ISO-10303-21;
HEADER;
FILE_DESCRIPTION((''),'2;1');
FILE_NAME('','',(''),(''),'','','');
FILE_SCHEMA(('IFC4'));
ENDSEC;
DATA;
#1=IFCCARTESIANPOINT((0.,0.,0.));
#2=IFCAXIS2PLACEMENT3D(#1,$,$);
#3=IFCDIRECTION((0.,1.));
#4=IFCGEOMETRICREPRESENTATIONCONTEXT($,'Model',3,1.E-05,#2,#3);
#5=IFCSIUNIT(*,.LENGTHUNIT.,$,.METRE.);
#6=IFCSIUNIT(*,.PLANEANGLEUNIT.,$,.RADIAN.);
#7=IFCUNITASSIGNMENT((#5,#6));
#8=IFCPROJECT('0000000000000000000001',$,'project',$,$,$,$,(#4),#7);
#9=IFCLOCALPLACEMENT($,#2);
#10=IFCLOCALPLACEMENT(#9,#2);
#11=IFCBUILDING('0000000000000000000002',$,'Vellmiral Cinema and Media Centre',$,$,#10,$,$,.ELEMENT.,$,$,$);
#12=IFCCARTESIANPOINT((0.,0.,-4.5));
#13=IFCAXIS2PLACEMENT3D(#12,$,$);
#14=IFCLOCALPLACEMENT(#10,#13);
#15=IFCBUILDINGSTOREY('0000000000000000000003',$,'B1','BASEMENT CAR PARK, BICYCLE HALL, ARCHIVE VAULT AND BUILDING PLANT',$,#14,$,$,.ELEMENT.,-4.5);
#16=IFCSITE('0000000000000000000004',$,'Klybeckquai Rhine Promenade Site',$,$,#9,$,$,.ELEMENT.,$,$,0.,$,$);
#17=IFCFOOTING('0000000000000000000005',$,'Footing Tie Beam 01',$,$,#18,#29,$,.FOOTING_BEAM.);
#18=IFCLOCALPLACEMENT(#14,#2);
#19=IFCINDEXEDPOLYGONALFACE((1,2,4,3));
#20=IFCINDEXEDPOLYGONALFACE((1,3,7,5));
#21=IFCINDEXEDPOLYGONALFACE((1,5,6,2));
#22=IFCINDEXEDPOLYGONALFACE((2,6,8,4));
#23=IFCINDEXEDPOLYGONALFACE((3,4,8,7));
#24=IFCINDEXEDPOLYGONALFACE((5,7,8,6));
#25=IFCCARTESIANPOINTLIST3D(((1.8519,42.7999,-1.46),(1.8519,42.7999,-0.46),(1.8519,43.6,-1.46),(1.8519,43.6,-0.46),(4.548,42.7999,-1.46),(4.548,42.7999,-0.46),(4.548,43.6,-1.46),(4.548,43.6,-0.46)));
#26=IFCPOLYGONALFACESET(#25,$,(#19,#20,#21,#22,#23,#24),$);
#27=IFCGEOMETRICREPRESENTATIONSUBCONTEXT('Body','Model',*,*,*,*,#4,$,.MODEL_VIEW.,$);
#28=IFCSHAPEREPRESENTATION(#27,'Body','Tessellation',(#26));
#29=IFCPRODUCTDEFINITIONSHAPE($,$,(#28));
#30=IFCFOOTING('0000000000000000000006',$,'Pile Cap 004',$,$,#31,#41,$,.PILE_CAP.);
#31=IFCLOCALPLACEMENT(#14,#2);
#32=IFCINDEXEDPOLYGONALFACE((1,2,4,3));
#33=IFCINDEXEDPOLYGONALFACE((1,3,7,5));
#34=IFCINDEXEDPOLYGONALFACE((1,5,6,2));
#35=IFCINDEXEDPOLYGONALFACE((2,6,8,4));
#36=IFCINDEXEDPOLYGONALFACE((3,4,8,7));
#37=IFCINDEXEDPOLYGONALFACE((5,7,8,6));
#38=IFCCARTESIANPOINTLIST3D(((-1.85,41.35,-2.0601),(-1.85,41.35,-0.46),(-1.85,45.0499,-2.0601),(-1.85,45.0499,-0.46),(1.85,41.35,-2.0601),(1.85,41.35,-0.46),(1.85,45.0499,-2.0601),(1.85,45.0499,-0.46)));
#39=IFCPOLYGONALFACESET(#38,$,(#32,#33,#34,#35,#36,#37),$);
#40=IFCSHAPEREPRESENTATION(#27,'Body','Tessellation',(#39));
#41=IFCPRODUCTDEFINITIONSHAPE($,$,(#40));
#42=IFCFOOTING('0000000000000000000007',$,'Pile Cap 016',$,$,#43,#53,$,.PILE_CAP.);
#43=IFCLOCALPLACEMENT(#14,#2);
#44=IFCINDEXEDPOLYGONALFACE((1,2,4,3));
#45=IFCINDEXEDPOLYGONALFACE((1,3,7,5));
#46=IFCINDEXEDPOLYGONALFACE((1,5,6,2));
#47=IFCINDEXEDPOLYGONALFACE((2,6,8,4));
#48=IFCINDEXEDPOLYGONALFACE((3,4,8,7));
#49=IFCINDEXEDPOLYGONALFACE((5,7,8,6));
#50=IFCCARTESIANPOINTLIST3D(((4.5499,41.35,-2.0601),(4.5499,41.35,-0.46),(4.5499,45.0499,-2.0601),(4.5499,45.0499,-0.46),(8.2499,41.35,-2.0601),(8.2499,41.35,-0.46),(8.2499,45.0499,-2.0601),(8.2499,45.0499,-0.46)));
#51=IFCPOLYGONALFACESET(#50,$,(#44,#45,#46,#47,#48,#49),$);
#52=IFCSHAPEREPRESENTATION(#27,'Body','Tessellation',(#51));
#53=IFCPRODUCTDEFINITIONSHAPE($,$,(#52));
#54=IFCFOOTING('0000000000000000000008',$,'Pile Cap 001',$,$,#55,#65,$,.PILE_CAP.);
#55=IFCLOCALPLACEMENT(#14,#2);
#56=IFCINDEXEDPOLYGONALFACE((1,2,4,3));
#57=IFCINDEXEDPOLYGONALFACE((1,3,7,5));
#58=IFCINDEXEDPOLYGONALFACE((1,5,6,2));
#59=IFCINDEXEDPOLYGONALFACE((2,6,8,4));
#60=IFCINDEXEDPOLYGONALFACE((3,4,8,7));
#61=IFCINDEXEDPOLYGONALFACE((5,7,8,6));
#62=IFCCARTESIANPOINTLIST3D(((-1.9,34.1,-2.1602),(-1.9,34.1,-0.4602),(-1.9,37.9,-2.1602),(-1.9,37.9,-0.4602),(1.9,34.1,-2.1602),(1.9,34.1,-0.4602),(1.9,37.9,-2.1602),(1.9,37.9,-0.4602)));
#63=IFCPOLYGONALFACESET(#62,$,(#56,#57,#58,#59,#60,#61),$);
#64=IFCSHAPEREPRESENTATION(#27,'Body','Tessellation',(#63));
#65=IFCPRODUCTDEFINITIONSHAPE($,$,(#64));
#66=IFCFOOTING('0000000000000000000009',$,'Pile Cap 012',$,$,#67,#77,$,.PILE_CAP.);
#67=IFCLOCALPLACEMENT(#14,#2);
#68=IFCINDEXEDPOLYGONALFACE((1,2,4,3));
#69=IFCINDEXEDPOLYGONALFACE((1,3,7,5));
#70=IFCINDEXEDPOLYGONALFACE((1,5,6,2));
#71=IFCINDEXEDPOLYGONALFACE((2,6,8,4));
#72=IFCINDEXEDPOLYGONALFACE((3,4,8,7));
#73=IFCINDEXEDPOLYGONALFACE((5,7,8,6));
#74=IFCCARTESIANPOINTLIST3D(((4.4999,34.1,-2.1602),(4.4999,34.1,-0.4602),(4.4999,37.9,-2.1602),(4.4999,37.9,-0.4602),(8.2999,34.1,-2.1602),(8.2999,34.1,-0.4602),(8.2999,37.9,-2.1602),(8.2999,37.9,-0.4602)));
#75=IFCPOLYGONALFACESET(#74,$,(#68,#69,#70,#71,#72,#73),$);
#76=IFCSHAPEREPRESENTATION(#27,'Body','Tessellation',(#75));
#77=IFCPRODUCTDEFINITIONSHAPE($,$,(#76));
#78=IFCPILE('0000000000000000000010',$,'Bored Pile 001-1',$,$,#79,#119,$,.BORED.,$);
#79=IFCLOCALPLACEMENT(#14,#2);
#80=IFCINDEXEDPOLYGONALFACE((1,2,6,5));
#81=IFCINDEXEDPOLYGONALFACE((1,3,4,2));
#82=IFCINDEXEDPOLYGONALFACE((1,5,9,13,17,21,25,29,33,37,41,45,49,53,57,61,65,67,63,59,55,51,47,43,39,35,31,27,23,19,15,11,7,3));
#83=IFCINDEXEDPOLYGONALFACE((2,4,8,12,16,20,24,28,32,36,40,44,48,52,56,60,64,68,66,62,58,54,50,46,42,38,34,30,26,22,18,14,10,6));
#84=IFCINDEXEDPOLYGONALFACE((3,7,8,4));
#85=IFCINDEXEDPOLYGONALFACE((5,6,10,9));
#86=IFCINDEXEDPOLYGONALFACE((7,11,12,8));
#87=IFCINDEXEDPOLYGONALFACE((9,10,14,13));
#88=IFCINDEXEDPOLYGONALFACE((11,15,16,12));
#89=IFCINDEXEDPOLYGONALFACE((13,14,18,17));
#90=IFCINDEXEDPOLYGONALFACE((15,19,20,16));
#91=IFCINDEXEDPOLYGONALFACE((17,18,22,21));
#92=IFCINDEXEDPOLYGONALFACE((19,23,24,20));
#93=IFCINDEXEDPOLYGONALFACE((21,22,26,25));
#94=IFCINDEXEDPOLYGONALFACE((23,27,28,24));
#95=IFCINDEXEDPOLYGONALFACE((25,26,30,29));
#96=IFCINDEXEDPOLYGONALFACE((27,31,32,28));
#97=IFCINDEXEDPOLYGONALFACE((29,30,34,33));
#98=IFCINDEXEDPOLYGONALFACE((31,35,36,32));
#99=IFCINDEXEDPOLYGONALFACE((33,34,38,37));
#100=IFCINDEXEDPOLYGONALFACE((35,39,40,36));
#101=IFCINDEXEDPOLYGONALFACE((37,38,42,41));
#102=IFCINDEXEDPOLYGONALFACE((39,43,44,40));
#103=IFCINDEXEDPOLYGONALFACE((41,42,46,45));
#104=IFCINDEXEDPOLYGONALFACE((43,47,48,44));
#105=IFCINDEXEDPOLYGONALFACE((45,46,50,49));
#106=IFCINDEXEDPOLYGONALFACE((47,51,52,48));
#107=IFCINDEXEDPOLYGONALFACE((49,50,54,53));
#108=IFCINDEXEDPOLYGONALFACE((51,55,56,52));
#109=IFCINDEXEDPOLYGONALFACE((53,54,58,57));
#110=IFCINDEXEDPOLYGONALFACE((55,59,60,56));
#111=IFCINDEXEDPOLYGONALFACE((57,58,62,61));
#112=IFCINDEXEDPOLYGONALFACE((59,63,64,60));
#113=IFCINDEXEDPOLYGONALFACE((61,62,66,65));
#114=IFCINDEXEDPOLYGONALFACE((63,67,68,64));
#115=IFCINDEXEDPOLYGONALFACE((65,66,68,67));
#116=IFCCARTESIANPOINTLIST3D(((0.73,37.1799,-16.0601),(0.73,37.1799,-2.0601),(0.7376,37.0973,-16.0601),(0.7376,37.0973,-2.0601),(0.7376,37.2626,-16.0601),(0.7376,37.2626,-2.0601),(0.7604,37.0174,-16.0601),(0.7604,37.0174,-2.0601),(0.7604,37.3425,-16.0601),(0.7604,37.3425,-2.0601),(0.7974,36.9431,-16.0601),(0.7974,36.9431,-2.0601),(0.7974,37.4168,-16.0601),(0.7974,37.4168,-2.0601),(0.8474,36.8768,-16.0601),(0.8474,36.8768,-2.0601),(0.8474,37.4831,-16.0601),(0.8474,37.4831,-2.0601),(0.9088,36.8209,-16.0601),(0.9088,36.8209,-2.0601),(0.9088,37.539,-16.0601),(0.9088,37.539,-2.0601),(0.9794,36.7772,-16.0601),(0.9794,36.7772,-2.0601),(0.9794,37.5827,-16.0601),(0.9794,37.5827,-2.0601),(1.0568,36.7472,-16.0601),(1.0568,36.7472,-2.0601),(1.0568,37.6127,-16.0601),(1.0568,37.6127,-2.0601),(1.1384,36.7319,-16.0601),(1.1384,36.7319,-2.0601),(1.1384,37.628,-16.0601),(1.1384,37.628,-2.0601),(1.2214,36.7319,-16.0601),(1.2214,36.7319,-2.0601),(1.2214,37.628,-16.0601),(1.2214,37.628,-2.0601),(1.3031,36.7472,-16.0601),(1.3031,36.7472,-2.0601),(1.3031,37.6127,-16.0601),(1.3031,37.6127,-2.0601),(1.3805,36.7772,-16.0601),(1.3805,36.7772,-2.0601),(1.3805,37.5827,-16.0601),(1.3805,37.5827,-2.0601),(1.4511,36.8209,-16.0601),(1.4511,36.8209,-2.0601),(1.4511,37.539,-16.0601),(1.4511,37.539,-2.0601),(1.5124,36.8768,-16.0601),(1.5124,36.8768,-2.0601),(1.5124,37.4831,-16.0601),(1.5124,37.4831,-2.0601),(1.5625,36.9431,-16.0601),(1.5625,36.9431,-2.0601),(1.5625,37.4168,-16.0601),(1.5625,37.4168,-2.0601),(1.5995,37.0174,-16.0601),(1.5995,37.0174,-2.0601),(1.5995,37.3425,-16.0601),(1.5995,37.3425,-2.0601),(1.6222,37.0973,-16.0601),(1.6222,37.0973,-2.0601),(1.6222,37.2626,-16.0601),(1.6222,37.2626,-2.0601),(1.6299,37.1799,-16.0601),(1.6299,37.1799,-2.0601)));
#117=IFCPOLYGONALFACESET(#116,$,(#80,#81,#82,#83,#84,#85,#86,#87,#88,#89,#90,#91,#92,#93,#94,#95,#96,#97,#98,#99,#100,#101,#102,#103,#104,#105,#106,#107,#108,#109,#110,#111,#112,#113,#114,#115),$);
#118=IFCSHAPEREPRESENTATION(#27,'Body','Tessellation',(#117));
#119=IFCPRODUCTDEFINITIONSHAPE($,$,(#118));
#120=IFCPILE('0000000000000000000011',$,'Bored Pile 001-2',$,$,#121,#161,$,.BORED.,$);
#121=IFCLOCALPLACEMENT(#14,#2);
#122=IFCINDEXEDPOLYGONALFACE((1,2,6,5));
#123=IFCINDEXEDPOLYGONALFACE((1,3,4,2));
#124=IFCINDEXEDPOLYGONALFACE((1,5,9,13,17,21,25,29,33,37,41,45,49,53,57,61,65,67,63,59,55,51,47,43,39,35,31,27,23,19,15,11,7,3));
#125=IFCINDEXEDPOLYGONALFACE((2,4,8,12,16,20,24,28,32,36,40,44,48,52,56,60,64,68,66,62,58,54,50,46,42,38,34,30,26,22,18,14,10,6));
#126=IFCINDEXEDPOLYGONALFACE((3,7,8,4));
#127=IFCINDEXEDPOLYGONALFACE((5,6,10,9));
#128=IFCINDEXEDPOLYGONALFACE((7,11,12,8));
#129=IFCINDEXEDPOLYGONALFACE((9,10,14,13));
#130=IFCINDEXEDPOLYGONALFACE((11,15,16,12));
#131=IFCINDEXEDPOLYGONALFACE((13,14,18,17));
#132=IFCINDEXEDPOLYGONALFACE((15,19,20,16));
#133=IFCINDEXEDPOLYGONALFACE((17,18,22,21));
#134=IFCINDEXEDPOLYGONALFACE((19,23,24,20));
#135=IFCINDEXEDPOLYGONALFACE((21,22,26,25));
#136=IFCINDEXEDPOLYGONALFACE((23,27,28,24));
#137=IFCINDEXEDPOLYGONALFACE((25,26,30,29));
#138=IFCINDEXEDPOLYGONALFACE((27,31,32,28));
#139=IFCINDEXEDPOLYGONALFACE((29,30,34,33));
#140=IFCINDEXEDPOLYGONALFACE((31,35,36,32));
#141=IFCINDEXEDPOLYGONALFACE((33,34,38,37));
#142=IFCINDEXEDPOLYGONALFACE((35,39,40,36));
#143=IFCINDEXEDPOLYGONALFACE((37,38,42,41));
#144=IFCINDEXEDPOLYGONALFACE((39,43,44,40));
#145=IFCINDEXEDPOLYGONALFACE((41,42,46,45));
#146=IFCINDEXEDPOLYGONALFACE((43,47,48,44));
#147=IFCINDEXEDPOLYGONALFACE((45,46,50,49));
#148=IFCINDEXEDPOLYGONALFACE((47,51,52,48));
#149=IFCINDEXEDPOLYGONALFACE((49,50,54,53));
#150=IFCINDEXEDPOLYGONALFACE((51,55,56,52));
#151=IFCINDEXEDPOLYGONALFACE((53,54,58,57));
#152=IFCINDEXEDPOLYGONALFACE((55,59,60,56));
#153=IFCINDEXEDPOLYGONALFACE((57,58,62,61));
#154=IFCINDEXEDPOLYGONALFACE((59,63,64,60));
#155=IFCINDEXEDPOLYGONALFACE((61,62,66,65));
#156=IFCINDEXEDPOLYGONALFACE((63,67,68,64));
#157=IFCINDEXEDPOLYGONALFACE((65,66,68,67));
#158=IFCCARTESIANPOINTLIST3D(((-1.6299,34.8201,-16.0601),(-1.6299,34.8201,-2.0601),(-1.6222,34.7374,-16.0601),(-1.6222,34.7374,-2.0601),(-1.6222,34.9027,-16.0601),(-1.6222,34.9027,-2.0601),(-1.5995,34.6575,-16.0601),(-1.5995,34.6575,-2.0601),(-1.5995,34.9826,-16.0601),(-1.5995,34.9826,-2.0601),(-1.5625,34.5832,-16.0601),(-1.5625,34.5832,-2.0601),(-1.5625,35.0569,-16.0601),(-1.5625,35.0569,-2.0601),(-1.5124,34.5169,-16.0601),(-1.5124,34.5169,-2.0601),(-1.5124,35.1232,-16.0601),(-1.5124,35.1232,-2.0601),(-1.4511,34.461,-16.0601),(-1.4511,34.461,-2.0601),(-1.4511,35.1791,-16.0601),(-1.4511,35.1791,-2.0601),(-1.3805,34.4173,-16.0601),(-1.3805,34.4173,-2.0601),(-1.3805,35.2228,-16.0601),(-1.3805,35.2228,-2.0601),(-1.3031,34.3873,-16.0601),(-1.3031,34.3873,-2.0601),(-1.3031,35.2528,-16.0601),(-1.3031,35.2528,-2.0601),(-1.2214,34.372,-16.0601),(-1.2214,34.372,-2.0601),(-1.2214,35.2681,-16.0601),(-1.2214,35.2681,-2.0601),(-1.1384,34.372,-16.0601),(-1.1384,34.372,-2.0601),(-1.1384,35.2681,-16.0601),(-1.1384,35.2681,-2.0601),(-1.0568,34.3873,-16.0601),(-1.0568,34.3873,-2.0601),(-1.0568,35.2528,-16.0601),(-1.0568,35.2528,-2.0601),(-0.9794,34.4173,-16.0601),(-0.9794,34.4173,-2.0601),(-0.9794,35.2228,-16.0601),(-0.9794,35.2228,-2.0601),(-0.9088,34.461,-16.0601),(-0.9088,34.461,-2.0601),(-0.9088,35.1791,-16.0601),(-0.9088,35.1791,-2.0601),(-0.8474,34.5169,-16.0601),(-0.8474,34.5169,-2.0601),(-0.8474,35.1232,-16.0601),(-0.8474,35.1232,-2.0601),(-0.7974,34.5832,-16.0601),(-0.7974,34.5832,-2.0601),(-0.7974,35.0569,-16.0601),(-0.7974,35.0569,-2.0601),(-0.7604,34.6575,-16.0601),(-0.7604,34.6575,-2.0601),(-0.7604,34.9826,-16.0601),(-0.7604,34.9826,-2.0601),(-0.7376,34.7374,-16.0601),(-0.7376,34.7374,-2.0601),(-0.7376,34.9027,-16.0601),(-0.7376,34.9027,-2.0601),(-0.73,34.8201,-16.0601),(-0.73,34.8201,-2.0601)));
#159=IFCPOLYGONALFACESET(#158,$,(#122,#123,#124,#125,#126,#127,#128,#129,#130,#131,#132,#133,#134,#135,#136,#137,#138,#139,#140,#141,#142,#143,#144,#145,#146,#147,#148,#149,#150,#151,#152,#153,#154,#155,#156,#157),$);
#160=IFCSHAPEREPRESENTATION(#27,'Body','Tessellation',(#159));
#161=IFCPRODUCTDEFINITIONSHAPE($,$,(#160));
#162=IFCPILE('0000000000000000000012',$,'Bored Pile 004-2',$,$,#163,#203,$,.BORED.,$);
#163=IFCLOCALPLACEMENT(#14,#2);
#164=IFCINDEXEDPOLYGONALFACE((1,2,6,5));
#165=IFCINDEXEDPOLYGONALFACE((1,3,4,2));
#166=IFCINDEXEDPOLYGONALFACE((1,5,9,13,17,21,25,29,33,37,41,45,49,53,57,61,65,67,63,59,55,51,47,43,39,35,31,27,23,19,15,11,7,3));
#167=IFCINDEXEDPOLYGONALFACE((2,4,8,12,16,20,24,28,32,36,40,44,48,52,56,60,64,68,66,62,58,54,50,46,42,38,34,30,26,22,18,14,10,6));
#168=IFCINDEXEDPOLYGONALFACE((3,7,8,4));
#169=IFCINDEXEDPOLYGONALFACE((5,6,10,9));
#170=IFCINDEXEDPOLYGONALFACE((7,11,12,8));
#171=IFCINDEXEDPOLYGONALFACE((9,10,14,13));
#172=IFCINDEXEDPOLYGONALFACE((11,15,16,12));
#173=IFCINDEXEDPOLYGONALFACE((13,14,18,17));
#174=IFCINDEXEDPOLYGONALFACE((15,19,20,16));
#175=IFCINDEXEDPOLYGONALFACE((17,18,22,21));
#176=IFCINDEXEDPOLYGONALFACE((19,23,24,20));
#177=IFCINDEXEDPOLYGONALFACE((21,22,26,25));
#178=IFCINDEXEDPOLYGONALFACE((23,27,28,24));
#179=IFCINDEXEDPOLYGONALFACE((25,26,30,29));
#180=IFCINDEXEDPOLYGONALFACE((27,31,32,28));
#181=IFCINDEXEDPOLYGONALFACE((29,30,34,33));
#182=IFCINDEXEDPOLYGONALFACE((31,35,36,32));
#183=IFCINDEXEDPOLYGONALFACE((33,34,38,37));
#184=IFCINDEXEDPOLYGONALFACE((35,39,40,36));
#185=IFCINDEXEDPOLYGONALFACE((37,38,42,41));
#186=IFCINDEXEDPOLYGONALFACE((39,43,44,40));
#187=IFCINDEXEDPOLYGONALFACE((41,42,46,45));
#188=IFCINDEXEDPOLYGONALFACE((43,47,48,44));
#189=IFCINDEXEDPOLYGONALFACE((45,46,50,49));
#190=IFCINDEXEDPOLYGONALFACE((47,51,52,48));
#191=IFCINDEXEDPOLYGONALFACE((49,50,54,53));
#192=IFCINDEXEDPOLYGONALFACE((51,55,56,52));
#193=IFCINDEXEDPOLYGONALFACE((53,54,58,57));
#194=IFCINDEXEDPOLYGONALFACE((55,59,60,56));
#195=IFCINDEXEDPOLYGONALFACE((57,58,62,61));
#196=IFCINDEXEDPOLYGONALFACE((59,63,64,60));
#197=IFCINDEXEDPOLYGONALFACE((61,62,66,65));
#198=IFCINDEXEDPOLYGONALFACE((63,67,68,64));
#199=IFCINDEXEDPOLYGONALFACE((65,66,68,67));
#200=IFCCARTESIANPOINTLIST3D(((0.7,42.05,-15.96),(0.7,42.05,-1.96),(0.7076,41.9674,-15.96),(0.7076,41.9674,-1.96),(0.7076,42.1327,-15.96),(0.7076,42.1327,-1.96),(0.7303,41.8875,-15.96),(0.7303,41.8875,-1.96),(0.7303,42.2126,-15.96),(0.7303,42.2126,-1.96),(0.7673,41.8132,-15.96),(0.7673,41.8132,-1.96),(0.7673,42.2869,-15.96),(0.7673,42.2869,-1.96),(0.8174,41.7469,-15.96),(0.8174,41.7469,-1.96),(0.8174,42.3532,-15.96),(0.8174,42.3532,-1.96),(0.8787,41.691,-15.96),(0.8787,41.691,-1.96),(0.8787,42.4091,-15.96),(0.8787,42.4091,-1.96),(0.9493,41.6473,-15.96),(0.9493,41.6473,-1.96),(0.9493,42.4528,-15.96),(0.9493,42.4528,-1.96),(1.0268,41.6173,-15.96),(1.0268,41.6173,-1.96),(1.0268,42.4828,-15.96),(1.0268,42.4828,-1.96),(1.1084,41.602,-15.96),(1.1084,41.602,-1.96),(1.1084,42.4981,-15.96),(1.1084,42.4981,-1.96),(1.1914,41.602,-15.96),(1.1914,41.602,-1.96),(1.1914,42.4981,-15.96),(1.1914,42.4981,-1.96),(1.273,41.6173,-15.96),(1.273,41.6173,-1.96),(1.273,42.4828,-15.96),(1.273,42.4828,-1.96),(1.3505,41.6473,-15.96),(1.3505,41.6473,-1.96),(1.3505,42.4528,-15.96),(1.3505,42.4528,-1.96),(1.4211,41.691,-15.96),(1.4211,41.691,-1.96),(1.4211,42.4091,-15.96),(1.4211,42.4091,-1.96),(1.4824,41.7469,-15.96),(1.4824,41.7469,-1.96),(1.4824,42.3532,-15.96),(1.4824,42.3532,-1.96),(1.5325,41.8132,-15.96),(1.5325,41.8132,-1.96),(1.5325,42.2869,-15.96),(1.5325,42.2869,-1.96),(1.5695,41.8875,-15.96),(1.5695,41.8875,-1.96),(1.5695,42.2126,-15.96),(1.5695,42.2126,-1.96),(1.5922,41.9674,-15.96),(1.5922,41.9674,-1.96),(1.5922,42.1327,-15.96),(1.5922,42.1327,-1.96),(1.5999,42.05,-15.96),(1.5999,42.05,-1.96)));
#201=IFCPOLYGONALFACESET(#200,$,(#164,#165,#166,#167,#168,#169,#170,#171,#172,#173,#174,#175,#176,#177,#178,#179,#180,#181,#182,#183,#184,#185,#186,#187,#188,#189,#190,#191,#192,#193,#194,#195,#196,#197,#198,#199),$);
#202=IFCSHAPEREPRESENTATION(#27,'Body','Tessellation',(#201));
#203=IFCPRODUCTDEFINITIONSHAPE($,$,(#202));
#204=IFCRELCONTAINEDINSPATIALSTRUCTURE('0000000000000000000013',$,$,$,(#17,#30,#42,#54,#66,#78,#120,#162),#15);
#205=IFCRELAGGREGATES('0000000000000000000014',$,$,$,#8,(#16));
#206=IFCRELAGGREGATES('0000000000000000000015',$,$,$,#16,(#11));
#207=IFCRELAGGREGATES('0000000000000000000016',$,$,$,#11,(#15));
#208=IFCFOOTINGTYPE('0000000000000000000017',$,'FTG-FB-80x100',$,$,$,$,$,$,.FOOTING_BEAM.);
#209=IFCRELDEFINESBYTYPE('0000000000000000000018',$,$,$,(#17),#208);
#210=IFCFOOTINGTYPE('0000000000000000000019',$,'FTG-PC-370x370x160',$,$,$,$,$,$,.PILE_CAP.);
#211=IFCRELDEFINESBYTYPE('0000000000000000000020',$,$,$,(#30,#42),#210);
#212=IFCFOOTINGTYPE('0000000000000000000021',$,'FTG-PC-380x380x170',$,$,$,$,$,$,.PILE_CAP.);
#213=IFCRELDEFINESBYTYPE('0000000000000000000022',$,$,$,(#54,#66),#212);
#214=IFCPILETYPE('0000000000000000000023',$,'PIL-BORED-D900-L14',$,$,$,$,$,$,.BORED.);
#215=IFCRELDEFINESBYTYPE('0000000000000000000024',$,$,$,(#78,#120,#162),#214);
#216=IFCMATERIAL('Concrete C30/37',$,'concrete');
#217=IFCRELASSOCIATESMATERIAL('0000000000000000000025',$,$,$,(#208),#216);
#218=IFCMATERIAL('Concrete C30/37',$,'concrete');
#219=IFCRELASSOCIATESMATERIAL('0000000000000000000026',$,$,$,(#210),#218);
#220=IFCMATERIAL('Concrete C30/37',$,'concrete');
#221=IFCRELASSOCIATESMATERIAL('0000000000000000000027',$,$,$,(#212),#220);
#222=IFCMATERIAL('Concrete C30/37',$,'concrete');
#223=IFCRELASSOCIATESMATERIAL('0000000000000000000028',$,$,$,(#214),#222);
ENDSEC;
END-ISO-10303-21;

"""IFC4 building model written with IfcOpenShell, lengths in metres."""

from ifc_helpers import new_model, si_unit, direction, frame, origin, origin_2d, place, context, subcontext, project, spatial, rectangle, circle, extrude, material, material_profile, profile_set, type_object, element, save


model = new_model("IFC4")

# Units and contexts
model_context = context("Model", 3, precision=1e-05, world=origin(), true_north=direction((0.0, 1.0)))
body_context = subcontext(model_context, "Body", "Model", "MODEL_VIEW")
ifc_project = project(units=[si_unit("LENGTHUNIT", "METRE"), si_unit("PLANEANGLEUNIT", "RADIAN")], contexts=[model_context])

# Site, building, storey
site_placement = place(None, origin())
site = spatial("IfcSite", under=ifc_project, at=site_placement, Name="Klybeckquai Rhine Promenade Site", CompositionType="ELEMENT", RefElevation=0.0)
building_placement = place(site_placement, origin())
building = spatial("IfcBuilding", under=site, at=building_placement, Name="Vellmiral Cinema and Media Centre", CompositionType="ELEMENT")
storey_placement = place(building_placement, frame((0.0, 0.0, -4.5)))
storey = spatial("IfcBuildingStorey", under=building, at=storey_placement, Name="B1", Description="BASEMENT CAR PARK, BICYCLE HALL, ARCHIVE VAULT AND BUILDING PLANT", CompositionType="ELEMENT", Elevation=-4.5)

# Footings
ifc_material_1 = material(Name="Concrete C30/37", Category="concrete")
footing_type_1 = type_object("IfcFootingType", Name="FTG-FB-80x100", PredefinedType="FOOTING_BEAM", material=ifc_material_1)
footing_placement = place(storey_placement, frame((3.2, 43.2, -1.46), z_axis=(0.0, 0.0, 1.0), x_axis=(1.0, 0.0, 0.0)))
element("IfcFooting", 1, at=footing_placement, inside=storey, type_object=footing_type_1, Name="Footing Tie Beam 01", PredefinedType="FOOTING_BEAM", context=body_context, shape_type="SweptSolid", body=[
    extrude(rectangle(XDim=2.696, YDim=0.8, at=origin_2d()), origin(), (0.0, 0.0, 1.0), 1.0),
])
ifc_material_2 = material(Name="Concrete C30/37", Category="concrete")
footing_type_2 = type_object("IfcFootingType", Name="FTG-PC-370x370x160", PredefinedType="PILE_CAP", material=ifc_material_2)
for number, where, z_axis, x_axis, name in (
    (2, (0.0, 43.2, -2.0601), (0.0, 0.0, 1.0), (1.0, 0.0, 0.0), "Pile Cap 004"),
    (3, (6.3999, 43.2, -2.0601), (0.0, 0.0, 1.0), (1.0, 0.0, 0.0), "Pile Cap 016"),
):
    element("IfcFooting", number, at=place(storey_placement, frame(where, z_axis=z_axis, x_axis=x_axis)), inside=storey, type_object=footing_type_2, Name=name, PredefinedType="PILE_CAP", context=body_context, shape_type="SweptSolid", body=[
        extrude(rectangle(XDim=3.7, YDim=3.7, at=origin_2d()), origin(), (0.0, 0.0, 1.0), 1.6001),
    ])
ifc_material_3 = material(Name="Concrete C30/37", Category="concrete")
footing_type_3 = type_object("IfcFootingType", Name="FTG-PC-380x380x170", PredefinedType="PILE_CAP", material=ifc_material_3)
for number, where, z_axis, x_axis, name in (
    (4, (0.0, 36.0, -2.1602), (0.0, 0.0, 1.0), (1.0, 0.0, 0.0), "Pile Cap 001"),
    (5, (6.3999, 36.0, -2.1602), (0.0, 0.0, 1.0), (1.0, 0.0, 0.0), "Pile Cap 012"),
):
    element("IfcFooting", number, at=place(storey_placement, frame(where, z_axis=z_axis, x_axis=x_axis)), inside=storey, type_object=footing_type_3, Name=name, PredefinedType="PILE_CAP", context=body_context, shape_type="SweptSolid", body=[
        extrude(rectangle(XDim=3.8, YDim=3.8, at=origin_2d()), origin(), (0.0, 0.0, 1.0), 1.7),
    ])

# Piles
ifc_material_4 = material(Name="Concrete C30/37", Category="concrete")
ifc_material_profile_1 = material_profile(ifc_material_4, circle(Radius=0.45, at=origin_2d()), Name="PILE D900")
ifc_profile_set_1 = profile_set([ifc_material_profile_1], Name="Concrete C30/37")
pile_type = type_object("IfcPileType", Name="PIL-BORED-D900-L14", PredefinedType="BORED", material=ifc_profile_set_1)
for number, where, z_axis, x_axis, name in (
    (6, (1.1799, 37.1799, -2.0601), (0.0, 0.0, -1.0), (1.0, 0.0, 0.0), "Bored Pile 001-1"),
    (7, (-1.1799, 34.8201, -2.0601), (0.0, 0.0, -1.0), (1.0, 0.0, 0.0), "Bored Pile 001-2"),
    (8, (1.1499, 42.05, -1.96), (0.0, 0.0, -1.0), (1.0, 0.0, 0.0), "Bored Pile 004-2"),
):
    element("IfcPile", number, at=place(storey_placement, frame(where, z_axis=z_axis, x_axis=x_axis)), inside=storey, type_object=pile_type, Name=name, PredefinedType="BORED", context=body_context, shape_type="SweptSolid", body=[
        extrude(circle(Radius=0.45, at=origin_2d()), origin(), (0.0, 0.0, 1.0), 14.0),
    ])

save(model, "model.ifc")
